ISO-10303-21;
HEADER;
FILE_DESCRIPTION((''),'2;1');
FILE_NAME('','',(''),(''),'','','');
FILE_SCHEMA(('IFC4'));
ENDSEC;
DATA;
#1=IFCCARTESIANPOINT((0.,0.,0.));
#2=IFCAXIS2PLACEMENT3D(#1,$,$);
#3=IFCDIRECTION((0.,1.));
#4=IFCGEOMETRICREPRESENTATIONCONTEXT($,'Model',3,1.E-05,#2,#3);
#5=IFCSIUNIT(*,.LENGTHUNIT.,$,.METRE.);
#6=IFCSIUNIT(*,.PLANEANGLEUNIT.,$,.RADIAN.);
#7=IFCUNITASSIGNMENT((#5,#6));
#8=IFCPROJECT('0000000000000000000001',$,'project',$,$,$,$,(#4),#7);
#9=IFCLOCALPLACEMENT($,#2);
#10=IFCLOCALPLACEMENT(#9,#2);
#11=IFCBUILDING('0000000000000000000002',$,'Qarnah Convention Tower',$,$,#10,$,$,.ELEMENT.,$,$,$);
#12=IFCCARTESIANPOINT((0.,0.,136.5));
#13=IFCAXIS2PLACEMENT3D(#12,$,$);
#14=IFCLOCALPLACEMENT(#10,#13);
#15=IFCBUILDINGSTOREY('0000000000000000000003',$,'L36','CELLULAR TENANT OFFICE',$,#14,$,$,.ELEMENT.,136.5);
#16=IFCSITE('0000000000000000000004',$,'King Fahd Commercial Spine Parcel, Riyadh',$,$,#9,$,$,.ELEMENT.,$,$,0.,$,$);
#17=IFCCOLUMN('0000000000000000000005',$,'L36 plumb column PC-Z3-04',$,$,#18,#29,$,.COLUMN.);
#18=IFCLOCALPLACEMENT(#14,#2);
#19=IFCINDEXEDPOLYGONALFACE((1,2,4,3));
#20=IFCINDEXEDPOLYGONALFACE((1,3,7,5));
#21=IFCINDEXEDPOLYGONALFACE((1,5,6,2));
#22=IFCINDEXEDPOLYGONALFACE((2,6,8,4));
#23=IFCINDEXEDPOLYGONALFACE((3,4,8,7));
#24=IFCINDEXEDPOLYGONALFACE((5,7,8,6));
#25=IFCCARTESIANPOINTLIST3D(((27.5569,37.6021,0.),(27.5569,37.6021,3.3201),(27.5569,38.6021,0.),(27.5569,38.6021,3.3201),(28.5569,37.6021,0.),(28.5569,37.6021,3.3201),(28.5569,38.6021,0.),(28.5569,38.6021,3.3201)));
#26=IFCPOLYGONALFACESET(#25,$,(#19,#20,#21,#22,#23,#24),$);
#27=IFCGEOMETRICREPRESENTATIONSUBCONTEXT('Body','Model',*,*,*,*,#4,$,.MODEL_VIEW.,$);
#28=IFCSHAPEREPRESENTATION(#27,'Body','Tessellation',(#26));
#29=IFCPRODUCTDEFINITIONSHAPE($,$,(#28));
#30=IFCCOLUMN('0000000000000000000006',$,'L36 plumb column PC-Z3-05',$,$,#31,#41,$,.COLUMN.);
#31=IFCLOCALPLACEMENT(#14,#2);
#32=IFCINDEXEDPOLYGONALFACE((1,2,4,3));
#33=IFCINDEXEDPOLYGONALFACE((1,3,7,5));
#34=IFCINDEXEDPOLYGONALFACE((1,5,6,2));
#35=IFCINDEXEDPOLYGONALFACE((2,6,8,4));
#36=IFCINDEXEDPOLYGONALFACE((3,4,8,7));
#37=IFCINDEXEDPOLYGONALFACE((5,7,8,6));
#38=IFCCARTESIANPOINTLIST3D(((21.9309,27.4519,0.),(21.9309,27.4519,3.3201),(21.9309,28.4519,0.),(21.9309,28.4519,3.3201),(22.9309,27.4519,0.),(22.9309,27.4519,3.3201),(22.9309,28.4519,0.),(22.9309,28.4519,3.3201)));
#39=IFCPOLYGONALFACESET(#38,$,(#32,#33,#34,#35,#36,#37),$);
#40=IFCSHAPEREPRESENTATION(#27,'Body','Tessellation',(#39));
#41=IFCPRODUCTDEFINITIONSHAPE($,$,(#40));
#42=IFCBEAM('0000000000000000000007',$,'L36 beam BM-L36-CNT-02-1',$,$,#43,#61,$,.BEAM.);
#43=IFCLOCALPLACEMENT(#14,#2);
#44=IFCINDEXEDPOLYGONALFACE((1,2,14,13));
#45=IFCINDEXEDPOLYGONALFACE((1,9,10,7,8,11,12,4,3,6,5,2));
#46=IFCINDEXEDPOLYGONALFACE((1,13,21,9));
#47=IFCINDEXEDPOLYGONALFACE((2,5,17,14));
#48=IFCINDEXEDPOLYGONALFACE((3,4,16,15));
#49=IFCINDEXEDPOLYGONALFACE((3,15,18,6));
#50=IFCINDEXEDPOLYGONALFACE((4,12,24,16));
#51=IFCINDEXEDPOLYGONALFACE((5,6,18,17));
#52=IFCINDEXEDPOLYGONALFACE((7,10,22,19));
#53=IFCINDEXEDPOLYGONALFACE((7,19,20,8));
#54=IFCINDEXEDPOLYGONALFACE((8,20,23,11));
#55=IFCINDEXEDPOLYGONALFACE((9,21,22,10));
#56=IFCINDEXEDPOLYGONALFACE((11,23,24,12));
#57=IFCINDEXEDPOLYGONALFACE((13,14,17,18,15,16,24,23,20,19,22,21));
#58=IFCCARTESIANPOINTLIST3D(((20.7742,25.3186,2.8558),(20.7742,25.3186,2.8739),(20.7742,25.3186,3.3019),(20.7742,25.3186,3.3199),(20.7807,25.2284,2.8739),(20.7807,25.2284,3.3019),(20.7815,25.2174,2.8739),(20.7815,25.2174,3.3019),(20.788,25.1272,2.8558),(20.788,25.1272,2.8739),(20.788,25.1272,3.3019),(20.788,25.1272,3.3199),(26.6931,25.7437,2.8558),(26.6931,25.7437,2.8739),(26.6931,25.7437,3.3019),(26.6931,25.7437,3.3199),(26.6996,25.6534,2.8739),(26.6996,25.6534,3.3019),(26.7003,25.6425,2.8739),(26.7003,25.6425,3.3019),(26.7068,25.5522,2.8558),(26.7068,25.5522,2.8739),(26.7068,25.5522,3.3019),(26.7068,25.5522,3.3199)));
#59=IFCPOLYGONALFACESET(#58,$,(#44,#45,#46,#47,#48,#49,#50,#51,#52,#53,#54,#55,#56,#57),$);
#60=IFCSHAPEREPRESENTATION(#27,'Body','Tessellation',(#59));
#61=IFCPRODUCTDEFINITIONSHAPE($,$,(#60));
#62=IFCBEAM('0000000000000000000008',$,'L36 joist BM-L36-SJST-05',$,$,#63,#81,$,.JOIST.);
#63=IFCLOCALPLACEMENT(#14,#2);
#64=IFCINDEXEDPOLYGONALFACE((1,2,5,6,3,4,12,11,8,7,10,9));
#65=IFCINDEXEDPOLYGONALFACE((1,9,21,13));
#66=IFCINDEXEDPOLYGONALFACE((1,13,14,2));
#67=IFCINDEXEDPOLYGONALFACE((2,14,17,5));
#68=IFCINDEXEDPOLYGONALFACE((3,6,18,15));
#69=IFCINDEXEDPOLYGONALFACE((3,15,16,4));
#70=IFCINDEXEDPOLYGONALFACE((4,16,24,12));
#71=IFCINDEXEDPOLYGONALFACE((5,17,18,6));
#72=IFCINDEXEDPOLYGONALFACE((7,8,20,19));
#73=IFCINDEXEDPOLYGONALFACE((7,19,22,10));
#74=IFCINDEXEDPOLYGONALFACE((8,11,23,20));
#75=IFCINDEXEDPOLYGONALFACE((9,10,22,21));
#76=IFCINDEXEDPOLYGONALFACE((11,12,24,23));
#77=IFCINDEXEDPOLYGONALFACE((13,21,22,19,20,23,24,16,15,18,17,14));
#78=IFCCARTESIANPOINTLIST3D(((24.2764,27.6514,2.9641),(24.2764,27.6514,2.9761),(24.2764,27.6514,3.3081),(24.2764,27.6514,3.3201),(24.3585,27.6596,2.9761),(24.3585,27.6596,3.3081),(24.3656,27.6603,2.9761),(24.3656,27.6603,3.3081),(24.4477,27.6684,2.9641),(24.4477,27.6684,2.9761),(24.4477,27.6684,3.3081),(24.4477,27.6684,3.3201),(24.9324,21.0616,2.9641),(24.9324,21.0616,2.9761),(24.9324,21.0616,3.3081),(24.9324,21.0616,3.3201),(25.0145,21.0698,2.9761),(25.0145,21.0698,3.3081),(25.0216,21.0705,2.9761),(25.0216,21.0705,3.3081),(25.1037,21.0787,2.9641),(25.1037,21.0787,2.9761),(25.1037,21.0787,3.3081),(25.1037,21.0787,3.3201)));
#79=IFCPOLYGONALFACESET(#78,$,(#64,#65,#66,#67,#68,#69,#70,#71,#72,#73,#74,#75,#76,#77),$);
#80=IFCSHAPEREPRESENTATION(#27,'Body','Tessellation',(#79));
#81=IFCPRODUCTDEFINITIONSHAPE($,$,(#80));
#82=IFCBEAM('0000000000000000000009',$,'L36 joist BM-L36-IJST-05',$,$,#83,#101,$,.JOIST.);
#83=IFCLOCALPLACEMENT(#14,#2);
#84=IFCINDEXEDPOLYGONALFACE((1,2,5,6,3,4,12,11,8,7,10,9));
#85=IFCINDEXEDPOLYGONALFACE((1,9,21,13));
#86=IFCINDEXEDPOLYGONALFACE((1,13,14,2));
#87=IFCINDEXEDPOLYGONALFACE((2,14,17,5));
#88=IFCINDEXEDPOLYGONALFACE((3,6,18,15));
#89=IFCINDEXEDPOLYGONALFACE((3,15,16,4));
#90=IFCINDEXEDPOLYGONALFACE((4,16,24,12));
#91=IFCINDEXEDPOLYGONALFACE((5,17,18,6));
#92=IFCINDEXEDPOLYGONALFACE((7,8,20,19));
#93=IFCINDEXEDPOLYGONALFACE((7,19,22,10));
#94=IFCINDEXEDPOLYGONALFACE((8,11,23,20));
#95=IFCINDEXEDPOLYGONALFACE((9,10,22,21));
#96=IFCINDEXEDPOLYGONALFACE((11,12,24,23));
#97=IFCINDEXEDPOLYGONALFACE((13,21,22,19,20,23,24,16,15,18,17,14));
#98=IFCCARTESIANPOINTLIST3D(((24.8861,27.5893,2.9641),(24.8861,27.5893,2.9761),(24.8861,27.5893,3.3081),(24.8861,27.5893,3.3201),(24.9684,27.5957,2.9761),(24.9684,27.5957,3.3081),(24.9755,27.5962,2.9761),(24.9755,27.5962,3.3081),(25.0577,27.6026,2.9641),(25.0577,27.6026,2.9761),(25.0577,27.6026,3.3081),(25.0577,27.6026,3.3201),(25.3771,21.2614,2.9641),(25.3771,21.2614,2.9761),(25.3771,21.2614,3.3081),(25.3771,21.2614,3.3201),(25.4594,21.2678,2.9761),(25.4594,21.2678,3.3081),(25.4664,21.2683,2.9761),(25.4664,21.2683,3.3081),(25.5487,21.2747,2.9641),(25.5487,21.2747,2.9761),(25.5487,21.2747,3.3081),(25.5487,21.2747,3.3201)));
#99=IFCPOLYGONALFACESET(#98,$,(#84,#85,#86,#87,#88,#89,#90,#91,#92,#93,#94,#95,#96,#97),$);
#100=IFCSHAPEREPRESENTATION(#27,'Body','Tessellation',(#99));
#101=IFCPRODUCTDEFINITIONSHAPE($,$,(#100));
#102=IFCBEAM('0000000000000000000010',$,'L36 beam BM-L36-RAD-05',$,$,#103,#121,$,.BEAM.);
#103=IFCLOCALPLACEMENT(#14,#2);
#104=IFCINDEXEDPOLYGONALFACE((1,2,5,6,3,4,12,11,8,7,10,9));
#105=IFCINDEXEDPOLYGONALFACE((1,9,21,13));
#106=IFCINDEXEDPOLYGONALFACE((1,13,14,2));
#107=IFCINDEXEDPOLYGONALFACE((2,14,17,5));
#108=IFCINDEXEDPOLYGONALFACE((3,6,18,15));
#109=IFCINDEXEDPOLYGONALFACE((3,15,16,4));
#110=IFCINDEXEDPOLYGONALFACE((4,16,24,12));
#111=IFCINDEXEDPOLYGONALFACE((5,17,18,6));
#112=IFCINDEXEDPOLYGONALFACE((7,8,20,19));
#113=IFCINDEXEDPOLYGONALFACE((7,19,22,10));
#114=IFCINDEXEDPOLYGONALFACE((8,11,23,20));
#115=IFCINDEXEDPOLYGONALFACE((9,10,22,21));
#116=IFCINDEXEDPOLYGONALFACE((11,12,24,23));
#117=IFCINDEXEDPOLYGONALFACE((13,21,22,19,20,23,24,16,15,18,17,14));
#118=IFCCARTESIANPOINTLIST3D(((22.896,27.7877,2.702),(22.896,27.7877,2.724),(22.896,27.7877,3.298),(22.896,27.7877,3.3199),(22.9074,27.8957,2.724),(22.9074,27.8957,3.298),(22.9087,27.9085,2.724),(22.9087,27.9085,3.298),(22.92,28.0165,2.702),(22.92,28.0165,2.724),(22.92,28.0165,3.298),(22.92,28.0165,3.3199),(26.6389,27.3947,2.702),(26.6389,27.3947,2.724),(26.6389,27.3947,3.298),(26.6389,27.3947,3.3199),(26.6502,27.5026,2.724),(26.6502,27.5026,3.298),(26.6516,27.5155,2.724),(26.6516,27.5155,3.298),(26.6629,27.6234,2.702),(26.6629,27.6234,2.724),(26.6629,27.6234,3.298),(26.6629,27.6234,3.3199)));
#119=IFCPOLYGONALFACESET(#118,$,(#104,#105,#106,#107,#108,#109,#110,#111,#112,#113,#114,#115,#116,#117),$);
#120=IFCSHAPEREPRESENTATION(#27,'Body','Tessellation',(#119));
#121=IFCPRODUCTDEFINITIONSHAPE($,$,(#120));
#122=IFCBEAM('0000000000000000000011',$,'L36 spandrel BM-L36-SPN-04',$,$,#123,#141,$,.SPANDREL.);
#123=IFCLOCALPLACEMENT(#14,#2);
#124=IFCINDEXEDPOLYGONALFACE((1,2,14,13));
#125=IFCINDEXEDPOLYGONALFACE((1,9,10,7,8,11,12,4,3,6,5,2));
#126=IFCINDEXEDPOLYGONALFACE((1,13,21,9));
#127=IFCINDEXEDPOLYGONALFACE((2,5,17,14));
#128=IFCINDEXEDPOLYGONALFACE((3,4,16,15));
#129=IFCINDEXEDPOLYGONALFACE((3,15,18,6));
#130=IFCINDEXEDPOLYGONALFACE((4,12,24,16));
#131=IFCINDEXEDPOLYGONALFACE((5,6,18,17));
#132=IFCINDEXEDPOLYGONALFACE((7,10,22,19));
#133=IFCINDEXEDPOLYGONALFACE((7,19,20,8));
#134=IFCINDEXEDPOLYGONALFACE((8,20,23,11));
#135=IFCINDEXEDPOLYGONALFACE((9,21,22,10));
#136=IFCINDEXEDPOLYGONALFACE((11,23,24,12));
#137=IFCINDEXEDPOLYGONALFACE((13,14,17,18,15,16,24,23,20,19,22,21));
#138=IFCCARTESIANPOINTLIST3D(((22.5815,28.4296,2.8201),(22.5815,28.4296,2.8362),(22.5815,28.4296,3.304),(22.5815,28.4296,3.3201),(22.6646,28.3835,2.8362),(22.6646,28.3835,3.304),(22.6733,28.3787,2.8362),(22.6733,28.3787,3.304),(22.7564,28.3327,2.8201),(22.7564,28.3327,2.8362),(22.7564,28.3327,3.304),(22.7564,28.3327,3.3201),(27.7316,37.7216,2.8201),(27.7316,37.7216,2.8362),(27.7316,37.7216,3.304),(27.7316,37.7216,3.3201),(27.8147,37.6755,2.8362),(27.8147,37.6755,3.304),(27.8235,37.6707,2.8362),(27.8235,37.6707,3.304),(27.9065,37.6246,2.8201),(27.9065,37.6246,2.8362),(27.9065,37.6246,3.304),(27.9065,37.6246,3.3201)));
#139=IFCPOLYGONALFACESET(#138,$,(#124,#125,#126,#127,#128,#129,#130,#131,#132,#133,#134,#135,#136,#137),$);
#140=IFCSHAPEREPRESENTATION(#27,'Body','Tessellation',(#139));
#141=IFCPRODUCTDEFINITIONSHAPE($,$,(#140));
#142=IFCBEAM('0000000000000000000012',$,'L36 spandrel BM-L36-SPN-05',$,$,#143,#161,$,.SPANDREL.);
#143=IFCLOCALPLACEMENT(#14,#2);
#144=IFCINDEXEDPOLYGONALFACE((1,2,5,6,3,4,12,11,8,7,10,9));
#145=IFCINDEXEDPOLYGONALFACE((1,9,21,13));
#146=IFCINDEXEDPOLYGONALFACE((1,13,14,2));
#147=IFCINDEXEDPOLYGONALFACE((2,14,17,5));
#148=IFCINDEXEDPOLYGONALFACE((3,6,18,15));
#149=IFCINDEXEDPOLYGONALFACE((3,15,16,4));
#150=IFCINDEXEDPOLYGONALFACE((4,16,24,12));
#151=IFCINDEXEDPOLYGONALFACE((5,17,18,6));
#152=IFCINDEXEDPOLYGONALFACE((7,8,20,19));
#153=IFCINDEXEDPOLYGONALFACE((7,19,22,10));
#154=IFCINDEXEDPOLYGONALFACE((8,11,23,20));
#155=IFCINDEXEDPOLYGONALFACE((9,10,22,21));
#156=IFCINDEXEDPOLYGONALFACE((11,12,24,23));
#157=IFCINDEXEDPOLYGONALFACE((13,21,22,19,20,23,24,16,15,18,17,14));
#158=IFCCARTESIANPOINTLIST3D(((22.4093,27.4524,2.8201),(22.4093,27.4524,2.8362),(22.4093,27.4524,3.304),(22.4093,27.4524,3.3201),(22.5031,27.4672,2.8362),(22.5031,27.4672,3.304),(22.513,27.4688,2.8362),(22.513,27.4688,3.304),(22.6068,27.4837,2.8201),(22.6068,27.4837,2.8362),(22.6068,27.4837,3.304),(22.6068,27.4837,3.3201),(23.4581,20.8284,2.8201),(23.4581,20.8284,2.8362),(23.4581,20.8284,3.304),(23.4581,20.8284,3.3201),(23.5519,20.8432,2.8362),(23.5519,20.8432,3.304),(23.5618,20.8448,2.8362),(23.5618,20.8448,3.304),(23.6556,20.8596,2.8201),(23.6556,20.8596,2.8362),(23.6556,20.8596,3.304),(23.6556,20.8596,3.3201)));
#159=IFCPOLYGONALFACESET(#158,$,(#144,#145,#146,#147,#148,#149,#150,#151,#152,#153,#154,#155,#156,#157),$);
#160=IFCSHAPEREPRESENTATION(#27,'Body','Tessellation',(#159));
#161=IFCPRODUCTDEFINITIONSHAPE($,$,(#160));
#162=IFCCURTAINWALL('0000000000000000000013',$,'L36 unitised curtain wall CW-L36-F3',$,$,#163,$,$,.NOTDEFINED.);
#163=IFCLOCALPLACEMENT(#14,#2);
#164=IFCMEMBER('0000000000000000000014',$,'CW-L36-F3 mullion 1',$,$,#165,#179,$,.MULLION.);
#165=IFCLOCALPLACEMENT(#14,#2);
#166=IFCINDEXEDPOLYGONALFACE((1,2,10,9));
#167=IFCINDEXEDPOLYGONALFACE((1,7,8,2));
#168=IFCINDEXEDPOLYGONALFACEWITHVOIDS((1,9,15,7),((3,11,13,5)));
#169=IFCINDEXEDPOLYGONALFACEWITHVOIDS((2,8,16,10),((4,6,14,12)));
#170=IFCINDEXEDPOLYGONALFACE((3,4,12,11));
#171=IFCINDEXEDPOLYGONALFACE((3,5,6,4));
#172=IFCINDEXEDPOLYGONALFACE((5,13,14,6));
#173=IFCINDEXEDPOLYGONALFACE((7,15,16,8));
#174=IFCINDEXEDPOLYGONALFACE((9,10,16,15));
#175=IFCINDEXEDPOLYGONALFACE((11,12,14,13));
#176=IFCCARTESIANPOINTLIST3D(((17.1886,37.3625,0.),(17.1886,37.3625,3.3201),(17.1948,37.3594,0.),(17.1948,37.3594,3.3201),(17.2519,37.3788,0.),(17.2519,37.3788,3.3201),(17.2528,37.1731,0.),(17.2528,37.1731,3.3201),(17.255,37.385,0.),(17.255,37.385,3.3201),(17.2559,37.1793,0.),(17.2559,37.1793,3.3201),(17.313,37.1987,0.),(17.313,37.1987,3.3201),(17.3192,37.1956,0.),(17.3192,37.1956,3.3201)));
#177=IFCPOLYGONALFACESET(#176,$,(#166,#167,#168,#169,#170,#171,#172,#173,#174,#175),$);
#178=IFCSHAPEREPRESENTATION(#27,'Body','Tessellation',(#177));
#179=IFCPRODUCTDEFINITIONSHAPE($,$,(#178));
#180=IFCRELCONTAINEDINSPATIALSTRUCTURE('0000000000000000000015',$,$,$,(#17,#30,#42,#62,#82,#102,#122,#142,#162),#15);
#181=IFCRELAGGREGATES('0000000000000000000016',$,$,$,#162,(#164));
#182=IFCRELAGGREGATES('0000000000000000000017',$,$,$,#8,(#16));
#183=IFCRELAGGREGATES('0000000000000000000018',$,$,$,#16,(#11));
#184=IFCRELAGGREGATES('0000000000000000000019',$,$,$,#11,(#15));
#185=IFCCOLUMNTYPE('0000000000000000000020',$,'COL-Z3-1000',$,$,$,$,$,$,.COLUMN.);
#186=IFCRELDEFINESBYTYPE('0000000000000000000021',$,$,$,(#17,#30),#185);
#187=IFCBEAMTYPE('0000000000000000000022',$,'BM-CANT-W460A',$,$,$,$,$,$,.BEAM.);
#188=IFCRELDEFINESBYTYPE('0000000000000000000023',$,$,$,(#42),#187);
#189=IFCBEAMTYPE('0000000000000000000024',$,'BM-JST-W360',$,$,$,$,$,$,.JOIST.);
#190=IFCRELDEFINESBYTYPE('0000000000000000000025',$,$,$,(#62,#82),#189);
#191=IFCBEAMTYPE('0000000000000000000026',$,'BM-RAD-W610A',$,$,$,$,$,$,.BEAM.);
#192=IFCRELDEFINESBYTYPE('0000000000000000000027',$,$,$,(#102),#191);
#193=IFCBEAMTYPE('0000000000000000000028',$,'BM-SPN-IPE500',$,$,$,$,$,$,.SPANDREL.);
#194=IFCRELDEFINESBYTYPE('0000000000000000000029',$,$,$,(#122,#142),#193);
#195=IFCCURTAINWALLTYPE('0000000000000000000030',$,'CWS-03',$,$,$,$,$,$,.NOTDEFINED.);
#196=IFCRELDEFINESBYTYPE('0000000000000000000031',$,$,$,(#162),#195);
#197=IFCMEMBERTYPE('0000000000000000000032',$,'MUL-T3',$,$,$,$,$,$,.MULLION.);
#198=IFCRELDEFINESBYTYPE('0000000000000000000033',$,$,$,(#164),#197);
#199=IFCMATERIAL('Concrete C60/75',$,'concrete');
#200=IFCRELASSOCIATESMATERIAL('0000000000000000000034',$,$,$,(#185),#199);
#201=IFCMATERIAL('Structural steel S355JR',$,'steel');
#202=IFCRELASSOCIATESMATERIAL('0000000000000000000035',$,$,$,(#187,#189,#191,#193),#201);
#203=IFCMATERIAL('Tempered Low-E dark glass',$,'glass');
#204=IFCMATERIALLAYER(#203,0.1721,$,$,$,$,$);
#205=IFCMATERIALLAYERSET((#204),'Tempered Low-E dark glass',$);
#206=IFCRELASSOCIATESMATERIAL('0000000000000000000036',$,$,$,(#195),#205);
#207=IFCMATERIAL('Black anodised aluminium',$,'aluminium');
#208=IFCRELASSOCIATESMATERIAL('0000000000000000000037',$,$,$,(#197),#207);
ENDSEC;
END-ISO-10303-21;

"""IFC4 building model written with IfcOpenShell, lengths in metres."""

from ifc_helpers import new_model, si_unit, direction, frame, origin, origin_2d, place, context, subcontext, project, spatial, rectangle, hollow_rectangle, i_section, extrude, material, layer, layer_set, material_profile, profile_set, type_object, element, aggregate, save


model = new_model("IFC4")

# Units and contexts
model_context = context("Model", 3, precision=1e-05, world=origin(), true_north=direction((0.0, 1.0)))
body_context = subcontext(model_context, "Body", "Model", "MODEL_VIEW")
ifc_project = project(units=[si_unit("LENGTHUNIT", "METRE"), si_unit("PLANEANGLEUNIT", "RADIAN")], contexts=[model_context])

# Site, building, storey
site_placement = place(None, origin())
site = spatial("IfcSite", under=ifc_project, at=site_placement, Name="King Fahd Commercial Spine Parcel, Riyadh", CompositionType="ELEMENT", RefElevation=0.0)
building_placement = place(site_placement, origin())
building = spatial("IfcBuilding", under=site, at=building_placement, Name="Qarnah Convention Tower", CompositionType="ELEMENT")
storey_placement = place(building_placement, frame((0.0, 0.0, 136.5)))
storey = spatial("IfcBuildingStorey", under=building, at=storey_placement, Name="L36", Description="CELLULAR TENANT OFFICE", CompositionType="ELEMENT", Elevation=136.5)

# Columns
ifc_material_1 = material(Name="Concrete C60/75", Category="concrete")
ifc_material_profile_1 = material_profile(ifc_material_1, rectangle(XDim=1.0, YDim=1.0, at=origin_2d()), Name="RC-COL-1000X1000")
ifc_profile_set_1 = profile_set([ifc_material_profile_1], Name="Concrete C60/75")
column_type = type_object("IfcColumnType", Name="COL-Z3-1000", PredefinedType="COLUMN", material=ifc_profile_set_1)
for number, where, z_axis, x_axis, name in (
    (1, (28.0569, 38.1021, 0.0), (0.0, 0.0, 1.0), (1.0, 0.0, 0.0), "L36 plumb column PC-Z3-04"),
    (2, (22.4309, 27.9519, 0.0), (0.0, 0.0, 1.0), (1.0, 0.0, 0.0), "L36 plumb column PC-Z3-05"),
):
    element("IfcColumn", number, at=place(storey_placement, frame(where, z_axis=z_axis, x_axis=x_axis)), inside=storey, type_object=column_type, Name=name, PredefinedType="COLUMN", context=body_context, shape_type="SweptSolid", body=[
        extrude(rectangle(XDim=1.0, YDim=1.0, at=origin_2d()), origin(), (0.0, 0.0, 1.0), 3.3201),
    ])

# Beams
ifc_material_2 = material(Name="Structural steel S355JR", Category="steel")
ifc_material_profile_2 = material_profile(ifc_material_2, i_section(OverallWidth=0.1919, OverallDepth=0.4641, WebThickness=0.011, FlangeThickness=0.0181, at=origin_2d()), Name="W460X89")
ifc_profile_set_2 = profile_set([ifc_material_profile_2], Name="Structural steel S355JR")
beam_type_1 = type_object("IfcBeamType", Name="BM-CANT-W460A", PredefinedType="BEAM", material=ifc_profile_set_2)
beam_1_placement = place(storey_placement, frame((26.7, 25.6479, 3.0879), z_axis=(-0.997431, -0.071627, 0.0), x_axis=(0.071627, -0.997431, 0.0)))
element("IfcBeam", 3, at=beam_1_placement, inside=storey, type_object=beam_type_1, Name="L36 beam BM-L36-CNT-02-1", PredefinedType="BEAM", context=body_context, shape_type="SweptSolid", body=[
    extrude(i_section(OverallWidth=0.1919, OverallDepth=0.4641, WebThickness=0.011, FlangeThickness=0.0181, at=origin_2d()), origin(), (0.0, 0.0, 1.0), 5.9341),
])
ifc_material_profile_3 = material_profile(ifc_material_2, i_section(OverallWidth=0.1721, OverallDepth=0.356, WebThickness=0.0071, FlangeThickness=0.012, at=origin_2d()), Name="W360X51")
ifc_profile_set_3 = profile_set([ifc_material_profile_3], Name="Structural steel S355JR")
beam_type_2 = type_object("IfcBeamType", Name="BM-JST-W360", PredefinedType="JOIST", material=ifc_profile_set_3)
beam_2_placement = place(storey_placement, frame((24.3621, 27.6599, 3.1421), z_axis=(0.099058, -0.995082, 0.0), x_axis=(0.995082, 0.099058, 0.0)))
element("IfcBeam", 4, at=beam_2_placement, inside=storey, type_object=beam_type_2, Name="L36 joist BM-L36-SJST-05", PredefinedType="JOIST", context=body_context, shape_type="SweptSolid", body=[
    extrude(i_section(OverallWidth=0.1721, OverallDepth=0.356, WebThickness=0.0071, FlangeThickness=0.012, at=origin_2d()), origin(), (0.0, 0.0, 1.0), 6.6223),
])
beam_3_placement = place(storey_placement, frame((24.9719, 27.5959, 3.1421), z_axis=(0.077355, -0.997004, 0.0), x_axis=(0.997004, 0.077355, 0.0)))
element("IfcBeam", 5, at=beam_3_placement, inside=storey, type_object=beam_type_2, Name="L36 joist BM-L36-IJST-05", PredefinedType="JOIST", context=body_context, shape_type="SweptSolid", body=[
    extrude(i_section(OverallWidth=0.1721, OverallDepth=0.356, WebThickness=0.0071, FlangeThickness=0.012, at=origin_2d()), origin(), (0.0, 0.0, 1.0), 6.3469),
])
ifc_material_profile_4 = material_profile(ifc_material_2, i_section(OverallWidth=0.23, OverallDepth=0.6179, WebThickness=0.0129, FlangeThickness=0.022, at=origin_2d()), Name="W610X140")
ifc_profile_set_4 = profile_set([ifc_material_profile_4], Name="Structural steel S355JR")
beam_type_3 = type_object("IfcBeamType", Name="BM-RAD-W610A", PredefinedType="BEAM", material=ifc_profile_set_4)
beam_4_placement = place(storey_placement, frame((26.6509, 27.509, 3.011), z_axis=(-0.994531, 0.104442, 0.0), x_axis=(-0.104442, -0.994531, 0.0)))
element("IfcBeam", 6, at=beam_4_placement, inside=storey, type_object=beam_type_3, Name="L36 beam BM-L36-RAD-05", PredefinedType="BEAM", context=body_context, shape_type="SweptSolid", body=[
    extrude(i_section(OverallWidth=0.23, OverallDepth=0.6179, WebThickness=0.0129, FlangeThickness=0.022, at=origin_2d()), origin(), (0.0, 0.0, 1.0), 3.7634),
])
ifc_material_profile_5 = material_profile(ifc_material_2, i_section(OverallWidth=0.2, OverallDepth=0.5, WebThickness=0.01, FlangeThickness=0.0161, at=origin_2d()), Name="IPE500")
ifc_profile_set_5 = profile_set([ifc_material_profile_5], Name="Structural steel S355JR")
beam_type_4 = type_object("IfcBeamType", Name="BM-SPN-IPE500", PredefinedType="SPANDREL", material=ifc_profile_set_5)
beam_5_placement = place(storey_placement, frame((27.8191, 37.6731, 3.0701), z_axis=(-0.484774, -0.874639, 0.0), x_axis=(0.874639, -0.484774, 0.0)))
element("IfcBeam", 7, at=beam_5_placement, inside=storey, type_object=beam_type_4, Name="L36 spandrel BM-L36-SPN-04", PredefinedType="SPANDREL", context=body_context, shape_type="SweptSolid", body=[
    extrude(i_section(OverallWidth=0.2, OverallDepth=0.5, WebThickness=0.01, FlangeThickness=0.0161, at=origin_2d()), origin(), (0.0, 0.0, 1.0), 10.6238),
])
beam_6_placement = place(storey_placement, frame((22.5081, 27.468, 3.0701), z_axis=(0.156389, -0.987696, 0.0), x_axis=(0.987696, 0.156389, 0.0)))
element("IfcBeam", 8, at=beam_6_placement, inside=storey, type_object=beam_type_4, Name="L36 spandrel BM-L36-SPN-05", PredefinedType="SPANDREL", context=body_context, shape_type="SweptSolid", body=[
    extrude(i_section(OverallWidth=0.2, OverallDepth=0.5, WebThickness=0.01, FlangeThickness=0.0161, at=origin_2d()), origin(), (0.0, 0.0, 1.0), 6.7065),
])

# Curtain wall, member
ifc_material_3 = material(Name="Tempered Low-E dark glass", Category="glass")
ifc_layer_1 = layer(ifc_material_3, 0.1721)
ifc_layer_set_1 = layer_set([ifc_layer_1], Name="Tempered Low-E dark glass")
curtain_wall_type = type_object("IfcCurtainWallType", Name="CWS-03", PredefinedType="NOTDEFINED", material=ifc_layer_set_1)
curtain_wall_placement = place(storey_placement, origin())
curtain_wall = element("IfcCurtainWall", 9, at=curtain_wall_placement, inside=storey, type_object=curtain_wall_type, Name="L36 unitised curtain wall CW-L36-F3", PredefinedType="NOTDEFINED")
ifc_material_4 = material(Name="Black anodised aluminium", Category="aluminium")
ifc_material_profile_6 = material_profile(ifc_material_4, hollow_rectangle(XDim=0.0701, YDim=0.2, WallThickness=0.0049, at=origin_2d()), Name="MUL-70X200")
ifc_profile_set_6 = profile_set([ifc_material_profile_6], Name="Black anodised aluminium")
member_type_1 = type_object("IfcMemberType", Name="MUL-T3", PredefinedType="MULLION", material=ifc_profile_set_6)
member_1_placement = place(storey_placement, frame((17.2539, 37.2791, 0.0), z_axis=(0.0, 0.0, 1.0), x_axis=(0.947093, 0.32096, 0.0)))
member_1 = element("IfcMember", 10, at=member_1_placement, type_object=member_type_1, Name="CW-L36-F3 mullion 1", PredefinedType="MULLION", context=body_context, shape_type="SweptSolid", body=[
    extrude(hollow_rectangle(XDim=0.0701, YDim=0.2, WallThickness=0.0049, at=origin_2d()), origin(), (0.0, 0.0, 1.0), 3.3201),
])
aggregate(curtain_wall, [member_1])

save(model, "model.ifc")
